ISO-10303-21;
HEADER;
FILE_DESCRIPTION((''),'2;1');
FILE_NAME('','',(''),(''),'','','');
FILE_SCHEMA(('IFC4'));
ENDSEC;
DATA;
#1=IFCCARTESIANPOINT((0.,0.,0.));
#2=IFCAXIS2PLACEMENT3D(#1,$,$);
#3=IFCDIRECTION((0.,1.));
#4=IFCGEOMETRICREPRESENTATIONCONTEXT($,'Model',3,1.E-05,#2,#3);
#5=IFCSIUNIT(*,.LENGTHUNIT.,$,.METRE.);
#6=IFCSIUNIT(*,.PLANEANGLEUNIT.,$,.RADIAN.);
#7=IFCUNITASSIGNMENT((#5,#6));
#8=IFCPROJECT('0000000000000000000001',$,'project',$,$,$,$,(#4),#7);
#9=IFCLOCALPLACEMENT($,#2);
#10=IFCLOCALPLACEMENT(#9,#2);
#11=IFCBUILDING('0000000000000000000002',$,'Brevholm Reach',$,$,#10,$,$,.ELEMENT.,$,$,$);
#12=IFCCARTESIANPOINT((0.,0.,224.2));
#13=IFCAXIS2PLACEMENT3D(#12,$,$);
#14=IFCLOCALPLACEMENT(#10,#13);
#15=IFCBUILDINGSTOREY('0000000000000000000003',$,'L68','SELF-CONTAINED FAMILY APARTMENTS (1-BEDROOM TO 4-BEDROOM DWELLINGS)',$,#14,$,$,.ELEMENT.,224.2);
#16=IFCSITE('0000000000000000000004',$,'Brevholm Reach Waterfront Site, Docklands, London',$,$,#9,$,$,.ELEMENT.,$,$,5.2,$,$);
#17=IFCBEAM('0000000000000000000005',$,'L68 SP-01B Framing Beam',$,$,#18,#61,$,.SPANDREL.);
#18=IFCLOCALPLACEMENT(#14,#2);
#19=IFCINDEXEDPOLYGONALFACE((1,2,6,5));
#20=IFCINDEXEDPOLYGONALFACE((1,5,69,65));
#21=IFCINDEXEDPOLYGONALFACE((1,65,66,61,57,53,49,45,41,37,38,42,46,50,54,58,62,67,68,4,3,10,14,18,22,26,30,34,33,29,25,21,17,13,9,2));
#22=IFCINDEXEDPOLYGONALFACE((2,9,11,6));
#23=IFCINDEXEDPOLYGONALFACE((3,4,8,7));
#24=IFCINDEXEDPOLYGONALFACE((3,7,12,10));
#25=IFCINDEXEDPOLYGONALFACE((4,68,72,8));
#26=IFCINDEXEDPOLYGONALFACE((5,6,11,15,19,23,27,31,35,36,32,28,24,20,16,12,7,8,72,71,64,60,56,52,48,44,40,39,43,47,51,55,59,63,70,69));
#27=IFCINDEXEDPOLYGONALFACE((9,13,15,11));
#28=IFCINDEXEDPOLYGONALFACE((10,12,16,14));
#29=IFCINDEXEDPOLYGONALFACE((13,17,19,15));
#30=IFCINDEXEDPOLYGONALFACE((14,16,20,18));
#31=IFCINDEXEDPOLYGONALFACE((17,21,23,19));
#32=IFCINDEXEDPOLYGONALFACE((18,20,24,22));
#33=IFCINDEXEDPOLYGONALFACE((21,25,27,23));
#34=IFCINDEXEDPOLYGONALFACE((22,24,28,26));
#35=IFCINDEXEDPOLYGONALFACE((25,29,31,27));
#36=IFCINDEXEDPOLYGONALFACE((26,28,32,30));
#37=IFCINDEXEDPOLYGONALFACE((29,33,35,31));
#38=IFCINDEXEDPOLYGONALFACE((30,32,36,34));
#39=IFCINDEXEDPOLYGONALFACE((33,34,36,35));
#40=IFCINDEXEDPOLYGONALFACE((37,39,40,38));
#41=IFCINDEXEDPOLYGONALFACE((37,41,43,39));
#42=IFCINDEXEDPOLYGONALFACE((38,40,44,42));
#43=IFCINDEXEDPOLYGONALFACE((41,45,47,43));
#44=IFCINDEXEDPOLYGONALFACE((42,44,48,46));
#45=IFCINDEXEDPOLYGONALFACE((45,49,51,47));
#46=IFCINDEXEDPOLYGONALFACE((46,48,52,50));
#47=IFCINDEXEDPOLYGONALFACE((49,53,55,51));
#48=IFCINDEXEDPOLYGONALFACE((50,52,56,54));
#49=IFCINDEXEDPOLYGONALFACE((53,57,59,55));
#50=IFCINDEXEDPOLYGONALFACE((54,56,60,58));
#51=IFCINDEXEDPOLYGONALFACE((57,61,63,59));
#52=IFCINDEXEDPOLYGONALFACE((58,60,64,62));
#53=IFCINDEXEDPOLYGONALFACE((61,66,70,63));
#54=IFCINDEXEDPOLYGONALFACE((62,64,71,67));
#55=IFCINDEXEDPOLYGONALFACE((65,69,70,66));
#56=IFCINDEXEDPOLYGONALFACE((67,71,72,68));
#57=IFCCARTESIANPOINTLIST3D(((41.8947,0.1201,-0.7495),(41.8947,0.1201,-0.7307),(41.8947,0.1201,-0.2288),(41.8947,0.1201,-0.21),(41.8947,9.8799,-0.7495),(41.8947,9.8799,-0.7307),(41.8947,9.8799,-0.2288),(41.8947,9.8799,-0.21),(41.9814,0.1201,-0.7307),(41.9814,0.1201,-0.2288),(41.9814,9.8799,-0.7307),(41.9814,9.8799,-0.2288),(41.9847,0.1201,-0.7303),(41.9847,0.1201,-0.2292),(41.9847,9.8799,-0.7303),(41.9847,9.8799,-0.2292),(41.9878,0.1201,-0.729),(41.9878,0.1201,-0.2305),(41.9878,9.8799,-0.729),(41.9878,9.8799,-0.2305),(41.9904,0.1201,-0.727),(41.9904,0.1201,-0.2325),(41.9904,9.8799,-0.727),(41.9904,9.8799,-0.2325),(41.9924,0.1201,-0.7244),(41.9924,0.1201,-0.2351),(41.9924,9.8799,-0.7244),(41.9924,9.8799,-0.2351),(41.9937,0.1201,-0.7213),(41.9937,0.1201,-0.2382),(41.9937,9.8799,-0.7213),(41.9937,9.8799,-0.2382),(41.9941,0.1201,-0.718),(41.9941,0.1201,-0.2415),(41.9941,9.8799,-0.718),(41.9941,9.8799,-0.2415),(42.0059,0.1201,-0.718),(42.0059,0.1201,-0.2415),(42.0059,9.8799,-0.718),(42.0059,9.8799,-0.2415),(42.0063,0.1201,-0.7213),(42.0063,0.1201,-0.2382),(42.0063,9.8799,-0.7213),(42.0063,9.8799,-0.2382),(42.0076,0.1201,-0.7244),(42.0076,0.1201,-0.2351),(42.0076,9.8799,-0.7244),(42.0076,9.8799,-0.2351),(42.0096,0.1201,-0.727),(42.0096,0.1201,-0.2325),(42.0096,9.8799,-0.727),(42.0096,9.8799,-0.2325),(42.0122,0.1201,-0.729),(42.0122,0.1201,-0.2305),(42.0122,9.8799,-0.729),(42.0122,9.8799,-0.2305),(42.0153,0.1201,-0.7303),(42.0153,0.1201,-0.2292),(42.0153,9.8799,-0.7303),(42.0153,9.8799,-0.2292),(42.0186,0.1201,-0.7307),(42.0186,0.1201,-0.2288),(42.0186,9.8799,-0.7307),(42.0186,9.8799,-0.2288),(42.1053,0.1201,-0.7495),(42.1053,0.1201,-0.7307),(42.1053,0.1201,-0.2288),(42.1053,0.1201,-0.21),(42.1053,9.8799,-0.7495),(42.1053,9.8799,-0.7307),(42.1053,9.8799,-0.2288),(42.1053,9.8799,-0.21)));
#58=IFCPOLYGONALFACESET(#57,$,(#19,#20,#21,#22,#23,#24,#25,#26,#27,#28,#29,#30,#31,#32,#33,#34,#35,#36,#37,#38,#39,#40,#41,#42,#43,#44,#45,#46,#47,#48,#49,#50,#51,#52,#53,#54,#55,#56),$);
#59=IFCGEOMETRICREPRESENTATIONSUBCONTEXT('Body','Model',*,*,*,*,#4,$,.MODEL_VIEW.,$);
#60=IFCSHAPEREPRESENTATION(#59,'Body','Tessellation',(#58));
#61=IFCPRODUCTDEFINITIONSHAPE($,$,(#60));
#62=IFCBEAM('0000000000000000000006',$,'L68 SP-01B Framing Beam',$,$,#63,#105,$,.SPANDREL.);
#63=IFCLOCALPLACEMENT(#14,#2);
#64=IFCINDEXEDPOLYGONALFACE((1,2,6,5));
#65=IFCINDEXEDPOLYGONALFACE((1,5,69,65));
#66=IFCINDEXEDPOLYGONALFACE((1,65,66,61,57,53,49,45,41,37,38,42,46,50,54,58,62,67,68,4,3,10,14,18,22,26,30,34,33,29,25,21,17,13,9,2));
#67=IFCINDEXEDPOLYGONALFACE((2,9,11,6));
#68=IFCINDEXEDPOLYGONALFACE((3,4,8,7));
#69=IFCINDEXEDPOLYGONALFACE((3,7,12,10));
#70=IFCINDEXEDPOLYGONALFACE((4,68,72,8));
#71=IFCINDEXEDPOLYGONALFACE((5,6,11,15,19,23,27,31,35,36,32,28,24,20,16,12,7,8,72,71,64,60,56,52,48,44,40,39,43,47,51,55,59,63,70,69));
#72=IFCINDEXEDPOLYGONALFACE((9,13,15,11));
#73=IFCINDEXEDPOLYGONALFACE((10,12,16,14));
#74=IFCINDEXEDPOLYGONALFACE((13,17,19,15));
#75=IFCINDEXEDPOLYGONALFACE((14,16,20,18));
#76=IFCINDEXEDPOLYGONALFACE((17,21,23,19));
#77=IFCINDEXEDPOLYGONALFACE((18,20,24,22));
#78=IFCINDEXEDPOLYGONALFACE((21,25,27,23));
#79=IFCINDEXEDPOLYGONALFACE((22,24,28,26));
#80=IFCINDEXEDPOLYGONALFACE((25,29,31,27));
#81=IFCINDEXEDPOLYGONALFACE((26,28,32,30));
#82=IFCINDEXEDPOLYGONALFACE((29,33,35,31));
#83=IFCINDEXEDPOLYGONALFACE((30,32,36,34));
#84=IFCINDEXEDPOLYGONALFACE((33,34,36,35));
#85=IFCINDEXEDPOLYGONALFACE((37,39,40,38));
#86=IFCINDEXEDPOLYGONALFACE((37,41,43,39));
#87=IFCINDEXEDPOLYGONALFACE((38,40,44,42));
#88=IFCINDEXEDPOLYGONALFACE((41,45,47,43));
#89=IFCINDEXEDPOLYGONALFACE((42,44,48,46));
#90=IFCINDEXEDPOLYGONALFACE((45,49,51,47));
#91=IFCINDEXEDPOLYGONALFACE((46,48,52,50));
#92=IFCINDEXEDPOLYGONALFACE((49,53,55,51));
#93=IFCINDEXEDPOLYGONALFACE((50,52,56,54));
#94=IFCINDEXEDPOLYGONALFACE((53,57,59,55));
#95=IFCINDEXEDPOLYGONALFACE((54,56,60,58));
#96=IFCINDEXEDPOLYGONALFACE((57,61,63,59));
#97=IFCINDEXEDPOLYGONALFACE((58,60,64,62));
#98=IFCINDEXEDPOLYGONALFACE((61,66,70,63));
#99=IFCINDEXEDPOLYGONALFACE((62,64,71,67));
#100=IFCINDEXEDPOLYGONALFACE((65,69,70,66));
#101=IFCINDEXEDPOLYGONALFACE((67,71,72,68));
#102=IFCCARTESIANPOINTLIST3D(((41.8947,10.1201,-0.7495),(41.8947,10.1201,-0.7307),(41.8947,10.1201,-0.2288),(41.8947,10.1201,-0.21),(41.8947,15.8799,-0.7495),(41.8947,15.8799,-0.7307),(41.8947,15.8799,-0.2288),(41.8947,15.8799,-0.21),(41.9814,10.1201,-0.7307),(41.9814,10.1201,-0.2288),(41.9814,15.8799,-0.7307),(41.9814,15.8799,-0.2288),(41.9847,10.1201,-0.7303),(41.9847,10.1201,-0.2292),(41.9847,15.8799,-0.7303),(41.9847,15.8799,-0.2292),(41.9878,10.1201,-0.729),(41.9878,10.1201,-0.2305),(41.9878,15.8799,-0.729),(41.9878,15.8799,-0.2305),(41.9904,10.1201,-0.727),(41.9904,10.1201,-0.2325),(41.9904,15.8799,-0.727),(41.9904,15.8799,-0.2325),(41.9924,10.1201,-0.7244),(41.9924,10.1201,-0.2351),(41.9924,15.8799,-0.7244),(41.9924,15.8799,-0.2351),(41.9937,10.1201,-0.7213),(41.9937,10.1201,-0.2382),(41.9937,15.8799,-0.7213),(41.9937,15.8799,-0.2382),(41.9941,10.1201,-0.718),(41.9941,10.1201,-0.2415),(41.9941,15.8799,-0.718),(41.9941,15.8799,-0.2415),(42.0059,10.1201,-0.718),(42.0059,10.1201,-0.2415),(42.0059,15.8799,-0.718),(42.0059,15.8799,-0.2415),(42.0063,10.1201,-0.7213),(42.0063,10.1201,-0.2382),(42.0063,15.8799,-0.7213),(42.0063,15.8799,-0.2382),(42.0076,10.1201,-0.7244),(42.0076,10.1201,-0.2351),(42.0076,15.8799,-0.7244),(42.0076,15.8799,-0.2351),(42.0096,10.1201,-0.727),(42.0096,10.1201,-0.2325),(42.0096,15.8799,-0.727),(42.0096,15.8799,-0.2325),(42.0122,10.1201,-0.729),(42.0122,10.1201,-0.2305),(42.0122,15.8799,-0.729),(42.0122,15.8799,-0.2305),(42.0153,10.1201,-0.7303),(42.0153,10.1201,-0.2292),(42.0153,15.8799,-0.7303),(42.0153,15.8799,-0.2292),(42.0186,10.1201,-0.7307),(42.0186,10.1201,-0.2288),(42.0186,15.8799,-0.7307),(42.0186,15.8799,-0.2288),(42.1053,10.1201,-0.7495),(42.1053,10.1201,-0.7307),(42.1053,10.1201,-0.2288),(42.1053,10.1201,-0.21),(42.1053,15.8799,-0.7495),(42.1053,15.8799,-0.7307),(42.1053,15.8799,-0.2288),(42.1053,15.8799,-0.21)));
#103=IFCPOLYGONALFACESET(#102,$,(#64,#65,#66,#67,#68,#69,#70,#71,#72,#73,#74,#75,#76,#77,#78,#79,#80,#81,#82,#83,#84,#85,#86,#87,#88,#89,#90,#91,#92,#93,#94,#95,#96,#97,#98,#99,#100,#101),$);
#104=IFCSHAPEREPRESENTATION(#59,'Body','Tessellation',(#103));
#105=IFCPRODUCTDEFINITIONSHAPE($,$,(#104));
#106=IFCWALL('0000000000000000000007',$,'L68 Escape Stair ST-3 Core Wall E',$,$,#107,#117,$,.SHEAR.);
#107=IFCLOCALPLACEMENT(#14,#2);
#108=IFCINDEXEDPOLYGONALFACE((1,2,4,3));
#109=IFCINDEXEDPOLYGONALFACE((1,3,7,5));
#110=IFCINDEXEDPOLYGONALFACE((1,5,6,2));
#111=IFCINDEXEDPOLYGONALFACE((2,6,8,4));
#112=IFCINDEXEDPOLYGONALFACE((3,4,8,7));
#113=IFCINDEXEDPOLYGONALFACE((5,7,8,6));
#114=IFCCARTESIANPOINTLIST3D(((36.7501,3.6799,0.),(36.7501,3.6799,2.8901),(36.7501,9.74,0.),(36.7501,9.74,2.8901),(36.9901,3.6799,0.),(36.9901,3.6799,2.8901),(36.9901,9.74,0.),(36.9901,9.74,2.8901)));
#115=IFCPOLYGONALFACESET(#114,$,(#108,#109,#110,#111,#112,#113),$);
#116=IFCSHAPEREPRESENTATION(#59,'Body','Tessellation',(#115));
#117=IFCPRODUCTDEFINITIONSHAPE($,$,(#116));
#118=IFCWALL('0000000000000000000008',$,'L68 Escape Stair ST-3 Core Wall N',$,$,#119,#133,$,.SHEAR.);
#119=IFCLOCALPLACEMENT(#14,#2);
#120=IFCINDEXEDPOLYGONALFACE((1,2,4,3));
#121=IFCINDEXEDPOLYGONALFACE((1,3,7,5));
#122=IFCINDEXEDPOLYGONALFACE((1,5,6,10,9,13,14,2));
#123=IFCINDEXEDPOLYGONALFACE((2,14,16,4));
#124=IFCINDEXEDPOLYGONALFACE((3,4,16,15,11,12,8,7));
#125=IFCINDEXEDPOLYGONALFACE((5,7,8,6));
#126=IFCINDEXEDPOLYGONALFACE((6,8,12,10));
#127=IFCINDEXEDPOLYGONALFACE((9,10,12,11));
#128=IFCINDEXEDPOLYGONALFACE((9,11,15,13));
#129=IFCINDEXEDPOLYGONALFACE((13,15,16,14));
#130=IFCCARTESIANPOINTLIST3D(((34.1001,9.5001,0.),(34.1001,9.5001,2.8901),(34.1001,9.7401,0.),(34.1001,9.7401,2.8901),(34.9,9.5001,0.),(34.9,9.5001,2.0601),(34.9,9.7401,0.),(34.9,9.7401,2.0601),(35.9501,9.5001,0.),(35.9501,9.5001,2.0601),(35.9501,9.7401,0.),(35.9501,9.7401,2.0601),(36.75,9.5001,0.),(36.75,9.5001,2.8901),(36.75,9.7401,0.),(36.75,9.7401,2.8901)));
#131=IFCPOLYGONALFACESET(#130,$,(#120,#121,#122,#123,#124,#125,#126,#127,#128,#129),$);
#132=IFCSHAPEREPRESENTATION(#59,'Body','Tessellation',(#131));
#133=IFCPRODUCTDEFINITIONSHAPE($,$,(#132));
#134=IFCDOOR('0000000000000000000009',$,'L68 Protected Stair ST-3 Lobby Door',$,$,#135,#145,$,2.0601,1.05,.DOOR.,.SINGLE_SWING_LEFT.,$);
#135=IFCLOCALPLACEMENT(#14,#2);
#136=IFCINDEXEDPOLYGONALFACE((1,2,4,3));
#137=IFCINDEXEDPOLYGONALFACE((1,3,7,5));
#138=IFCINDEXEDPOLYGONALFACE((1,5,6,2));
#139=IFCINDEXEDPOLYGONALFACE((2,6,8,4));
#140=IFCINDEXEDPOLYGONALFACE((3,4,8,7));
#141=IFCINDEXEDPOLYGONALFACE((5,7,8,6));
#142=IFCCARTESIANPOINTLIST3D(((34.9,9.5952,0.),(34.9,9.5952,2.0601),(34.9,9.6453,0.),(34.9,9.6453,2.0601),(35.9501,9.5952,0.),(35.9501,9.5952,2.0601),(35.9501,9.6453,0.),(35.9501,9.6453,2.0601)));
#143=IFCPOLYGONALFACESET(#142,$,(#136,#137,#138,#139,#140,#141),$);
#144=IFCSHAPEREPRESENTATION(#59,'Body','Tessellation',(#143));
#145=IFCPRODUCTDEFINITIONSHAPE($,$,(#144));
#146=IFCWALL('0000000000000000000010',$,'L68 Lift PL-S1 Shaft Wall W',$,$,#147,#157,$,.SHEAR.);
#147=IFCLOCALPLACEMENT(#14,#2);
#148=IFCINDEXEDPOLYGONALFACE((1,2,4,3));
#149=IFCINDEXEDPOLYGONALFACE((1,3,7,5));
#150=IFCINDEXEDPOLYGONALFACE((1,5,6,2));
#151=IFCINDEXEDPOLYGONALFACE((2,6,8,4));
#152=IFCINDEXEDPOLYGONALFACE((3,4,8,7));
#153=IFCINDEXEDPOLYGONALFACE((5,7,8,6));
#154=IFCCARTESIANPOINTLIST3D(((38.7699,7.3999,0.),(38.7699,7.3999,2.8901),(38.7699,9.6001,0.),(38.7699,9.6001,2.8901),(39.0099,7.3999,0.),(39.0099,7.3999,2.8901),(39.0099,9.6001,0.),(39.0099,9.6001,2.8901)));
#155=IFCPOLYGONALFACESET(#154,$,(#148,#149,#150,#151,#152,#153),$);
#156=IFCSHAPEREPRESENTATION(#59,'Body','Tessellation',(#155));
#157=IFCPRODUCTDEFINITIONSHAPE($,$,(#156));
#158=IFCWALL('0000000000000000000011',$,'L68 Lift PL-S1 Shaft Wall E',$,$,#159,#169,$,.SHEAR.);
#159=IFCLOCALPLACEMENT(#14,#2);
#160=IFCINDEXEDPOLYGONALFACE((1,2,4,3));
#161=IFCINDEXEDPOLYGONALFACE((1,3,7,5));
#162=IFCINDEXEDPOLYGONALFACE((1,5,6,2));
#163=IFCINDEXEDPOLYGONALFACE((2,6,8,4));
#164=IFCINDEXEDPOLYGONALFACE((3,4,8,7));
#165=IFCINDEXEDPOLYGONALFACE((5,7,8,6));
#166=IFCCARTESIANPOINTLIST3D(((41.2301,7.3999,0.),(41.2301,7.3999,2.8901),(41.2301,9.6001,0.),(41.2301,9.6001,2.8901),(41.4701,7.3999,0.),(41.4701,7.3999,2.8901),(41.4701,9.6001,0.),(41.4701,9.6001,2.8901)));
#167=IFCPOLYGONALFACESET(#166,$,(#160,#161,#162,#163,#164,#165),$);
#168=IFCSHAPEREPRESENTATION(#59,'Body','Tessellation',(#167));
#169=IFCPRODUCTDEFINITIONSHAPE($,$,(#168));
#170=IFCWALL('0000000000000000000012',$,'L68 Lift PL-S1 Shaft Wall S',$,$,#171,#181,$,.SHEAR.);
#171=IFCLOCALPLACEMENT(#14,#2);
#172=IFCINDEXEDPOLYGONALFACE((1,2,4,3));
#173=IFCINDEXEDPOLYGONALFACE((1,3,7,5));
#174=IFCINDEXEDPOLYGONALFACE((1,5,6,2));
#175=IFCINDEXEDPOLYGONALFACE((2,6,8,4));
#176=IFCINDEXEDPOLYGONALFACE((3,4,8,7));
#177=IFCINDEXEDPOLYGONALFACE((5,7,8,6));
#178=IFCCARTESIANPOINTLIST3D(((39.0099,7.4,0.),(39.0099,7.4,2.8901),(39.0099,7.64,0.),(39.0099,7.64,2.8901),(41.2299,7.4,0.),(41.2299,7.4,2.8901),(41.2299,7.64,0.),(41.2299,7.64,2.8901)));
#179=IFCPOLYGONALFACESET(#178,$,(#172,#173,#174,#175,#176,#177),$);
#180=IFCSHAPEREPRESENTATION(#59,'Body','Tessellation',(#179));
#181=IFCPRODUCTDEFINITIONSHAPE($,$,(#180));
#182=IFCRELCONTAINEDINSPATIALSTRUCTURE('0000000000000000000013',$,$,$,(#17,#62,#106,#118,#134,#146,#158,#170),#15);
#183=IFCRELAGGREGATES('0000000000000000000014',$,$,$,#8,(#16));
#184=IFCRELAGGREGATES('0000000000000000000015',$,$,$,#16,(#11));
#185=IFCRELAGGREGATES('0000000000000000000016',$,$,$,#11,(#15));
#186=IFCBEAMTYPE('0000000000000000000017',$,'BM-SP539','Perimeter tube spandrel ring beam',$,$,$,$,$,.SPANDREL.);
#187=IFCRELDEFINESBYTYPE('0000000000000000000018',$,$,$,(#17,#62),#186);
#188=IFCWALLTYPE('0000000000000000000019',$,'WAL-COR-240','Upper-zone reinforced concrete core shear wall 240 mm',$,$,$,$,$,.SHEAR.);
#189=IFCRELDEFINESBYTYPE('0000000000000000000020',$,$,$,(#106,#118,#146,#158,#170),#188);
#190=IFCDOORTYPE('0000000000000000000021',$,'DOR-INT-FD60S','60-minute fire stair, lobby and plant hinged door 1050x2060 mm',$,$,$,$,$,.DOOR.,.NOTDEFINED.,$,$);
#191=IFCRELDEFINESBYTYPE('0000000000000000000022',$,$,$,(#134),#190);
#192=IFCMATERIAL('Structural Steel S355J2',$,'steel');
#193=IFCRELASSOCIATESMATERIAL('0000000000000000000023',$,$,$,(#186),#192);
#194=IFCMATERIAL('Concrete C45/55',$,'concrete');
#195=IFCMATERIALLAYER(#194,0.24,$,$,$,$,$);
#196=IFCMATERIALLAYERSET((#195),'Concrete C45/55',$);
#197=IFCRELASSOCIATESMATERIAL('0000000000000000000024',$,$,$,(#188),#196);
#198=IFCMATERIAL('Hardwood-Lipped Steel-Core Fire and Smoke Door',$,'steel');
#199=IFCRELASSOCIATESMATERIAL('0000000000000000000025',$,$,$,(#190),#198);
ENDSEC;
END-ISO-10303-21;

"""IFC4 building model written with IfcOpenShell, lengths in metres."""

from ifc_helpers import new_model, si_unit, direction, frame, frame_2d, origin, origin_2d, place, context, subcontext, project, spatial, rectangle, i_section, extrude, material, layer, layer_set, material_profile, profile_set, type_object, element, fill, save


model = new_model("IFC4")

# Units and contexts
model_context = context("Model", 3, precision=1e-05, world=origin(), true_north=direction((0.0, 1.0)))
body_context = subcontext(model_context, "Body", "Model", "MODEL_VIEW")
ifc_project = project(units=[si_unit("LENGTHUNIT", "METRE"), si_unit("PLANEANGLEUNIT", "RADIAN")], contexts=[model_context])

# Site, building, storey
site_placement = place(None, origin())
site = spatial("IfcSite", under=ifc_project, at=site_placement, Name="Brevholm Reach Waterfront Site, Docklands, London", CompositionType="ELEMENT", RefElevation=5.2)
building_placement = place(site_placement, origin())
building = spatial("IfcBuilding", under=site, at=building_placement, Name="Brevholm Reach", CompositionType="ELEMENT")
storey_placement = place(building_placement, frame((0.0, 0.0, 224.2)))
storey = spatial("IfcBuildingStorey", under=building, at=storey_placement, Name="L68", Description="SELF-CONTAINED FAMILY APARTMENTS (1-BEDROOM TO 4-BEDROOM DWELLINGS)", CompositionType="ELEMENT", Elevation=224.2)

# Beams
ifc_material_1 = material(Name="Structural Steel S355J2", Category="steel")
ifc_material_profile_1 = material_profile(ifc_material_1, i_section(OverallWidth=0.2107, OverallDepth=0.5396, WebThickness=0.0117, FlangeThickness=0.0188, FilletRadius=0.0127, at=origin_2d()), Name="UKB 533x210x109")
ifc_profile_set_1 = profile_set([ifc_material_profile_1], Name="Structural Steel S355J2")
beam_type_1 = type_object("IfcBeamType", Name="BM-SP539", Description="Perimeter tube spandrel ring beam", PredefinedType="SPANDREL", material=ifc_profile_set_1)
beam_1_placement = place(storey_placement, frame((42.0, 0.1201, -0.4797), z_axis=(0.0, 1.0, 0.0), x_axis=(-1.0, 0.0, 0.0)))
element("IfcBeam", 1, at=beam_1_placement, inside=storey, type_object=beam_type_1, Name="L68 SP-01B Framing Beam", PredefinedType="SPANDREL", context=body_context, shape_type="SweptSolid", body=[
    extrude(i_section(OverallWidth=0.2107, OverallDepth=0.5396, WebThickness=0.0117, FlangeThickness=0.0188, FilletRadius=0.0127, at=origin_2d()), origin(), (0.0, 0.0, 1.0), 9.7598),
])
beam_2_placement = place(storey_placement, frame((42.0, 10.1201, -0.4797), z_axis=(0.0, 1.0, 0.0), x_axis=(-1.0, 0.0, 0.0)))
element("IfcBeam", 2, at=beam_2_placement, inside=storey, type_object=beam_type_1, Name="L68 SP-01B Framing Beam", PredefinedType="SPANDREL", context=body_context, shape_type="SweptSolid", body=[
    extrude(i_section(OverallWidth=0.2107, OverallDepth=0.5396, WebThickness=0.0117, FlangeThickness=0.0188, FilletRadius=0.0127, at=origin_2d()), origin(), (0.0, 0.0, 1.0), 5.7598),
])

# Wall
ifc_material_2 = material(Name="Concrete C45/55", Category="concrete")
ifc_layer_1 = layer(ifc_material_2, 0.24)
ifc_layer_set_1 = layer_set([ifc_layer_1], Name="Concrete C45/55")
wall_type_1 = type_object("IfcWallType", Name="WAL-COR-240", Description="Upper-zone reinforced concrete core shear wall 240 mm", PredefinedType="SHEAR", material=ifc_layer_set_1)
wall_1_placement = place(storey_placement, frame((36.8701, 3.6799, 0.0), z_axis=(0.0, 0.0, 1.0), x_axis=(0.0, 1.0, 0.0)))
element("IfcWall", 3, at=wall_1_placement, inside=storey, type_object=wall_type_1, Name="L68 Escape Stair ST-3 Core Wall E", PredefinedType="SHEAR", context=body_context, shape_type="SweptSolid", body=[
    extrude(rectangle(XDim=6.0601, YDim=0.24, at=frame_2d((3.03, 0.0))), origin(), (0.0, 0.0, 1.0), 2.8901),
])

# Wall, opening, door
wall_2_placement = place(storey_placement, frame((36.75, 9.6201, 0.0), z_axis=(0.0, 0.0, 1.0), x_axis=(-1.0, 0.0, 0.0)))
wall_2 = element("IfcWall", 4, at=wall_2_placement, inside=storey, type_object=wall_type_1, Name="L68 Escape Stair ST-3 Core Wall N", PredefinedType="SHEAR", context=body_context, shape_type="SweptSolid", body=[
    extrude(rectangle(XDim=2.6499, YDim=0.24, at=frame_2d((1.325, 0.0))), origin(), (0.0, 0.0, 1.0), 2.8901),
])
opening_1_placement = place(wall_2_placement, frame((0.8, 0.0, 0.0)))
opening_1 = element("IfcOpeningElement", 5, at=opening_1_placement, cuts=wall_2, PredefinedType="OPENING", context=body_context, shape_type="SweptSolid", body=[
    extrude(rectangle(XDim=1.05, YDim=2.0601, at=frame_2d((0.5249, 1.03))), frame((0.0, 0.1299, 0.0), z_axis=(0.0, -1.0, 0.0), x_axis=(1.0, 0.0, 0.0)), (0.0, 0.0, 1.0), 0.26),
])
ifc_material_3 = material(Name="Hardwood-Lipped Steel-Core Fire and Smoke Door", Category="steel")
door_type_1 = type_object("IfcDoorType", Name="DOR-INT-FD60S", Description="60-minute fire stair, lobby and plant hinged door 1050x2060 mm", OperationType="NOTDEFINED", PredefinedType="DOOR", material=ifc_material_3)
door_1_placement = place(opening_1_placement, origin())
door_1 = element("IfcDoor", 6, at=door_1_placement, inside=storey, type_object=door_type_1, Name="L68 Protected Stair ST-3 Lobby Door", OperationType="SINGLE_SWING_LEFT", OverallHeight=2.0601, OverallWidth=1.05, PredefinedType="DOOR", context=body_context, shape_type="SweptSolid", body=[
    extrude(rectangle(XDim=1.05, YDim=2.0601, at=frame_2d((0.5249, 1.03))), frame((0.0, 0.0249, 0.0), z_axis=(0.0, -1.0, 0.0), x_axis=(1.0, 0.0, 0.0)), (0.0, 0.0, 1.0), 0.05),
])
fill(opening_1, door_1)

# Walls
for number, where, z_axis, x_axis, name in (
    (7, (38.8899, 7.3999, 0.0), (0.0, 0.0, 1.0), (0.0, 1.0, 0.0), "L68 Lift PL-S1 Shaft Wall W"),
    (8, (41.3501, 7.3999, 0.0), (0.0, 0.0, 1.0), (0.0, 1.0, 0.0), "L68 Lift PL-S1 Shaft Wall E"),
):
    element("IfcWall", number, at=place(storey_placement, frame(where, z_axis=z_axis, x_axis=x_axis)), inside=storey, type_object=wall_type_1, Name=name, PredefinedType="SHEAR", context=body_context, shape_type="SweptSolid", body=[
        extrude(rectangle(XDim=2.2002, YDim=0.24, at=frame_2d((1.1001, 0.0))), origin(), (0.0, 0.0, 1.0), 2.8901),
    ])
wall_3_placement = place(storey_placement, frame((39.01, 7.52, 0.0), z_axis=(0.0, 0.0, 1.0), x_axis=(1.0, 0.0, 0.0)))
element("IfcWall", 9, at=wall_3_placement, inside=storey, type_object=wall_type_1, Name="L68 Lift PL-S1 Shaft Wall S", PredefinedType="SHEAR", context=body_context, shape_type="SweptSolid", body=[
    extrude(rectangle(XDim=2.22, YDim=0.24, at=frame_2d((1.1099, 0.0))), origin(), (0.0, 0.0, 1.0), 2.8901),
])

save(model, "model.ifc")
